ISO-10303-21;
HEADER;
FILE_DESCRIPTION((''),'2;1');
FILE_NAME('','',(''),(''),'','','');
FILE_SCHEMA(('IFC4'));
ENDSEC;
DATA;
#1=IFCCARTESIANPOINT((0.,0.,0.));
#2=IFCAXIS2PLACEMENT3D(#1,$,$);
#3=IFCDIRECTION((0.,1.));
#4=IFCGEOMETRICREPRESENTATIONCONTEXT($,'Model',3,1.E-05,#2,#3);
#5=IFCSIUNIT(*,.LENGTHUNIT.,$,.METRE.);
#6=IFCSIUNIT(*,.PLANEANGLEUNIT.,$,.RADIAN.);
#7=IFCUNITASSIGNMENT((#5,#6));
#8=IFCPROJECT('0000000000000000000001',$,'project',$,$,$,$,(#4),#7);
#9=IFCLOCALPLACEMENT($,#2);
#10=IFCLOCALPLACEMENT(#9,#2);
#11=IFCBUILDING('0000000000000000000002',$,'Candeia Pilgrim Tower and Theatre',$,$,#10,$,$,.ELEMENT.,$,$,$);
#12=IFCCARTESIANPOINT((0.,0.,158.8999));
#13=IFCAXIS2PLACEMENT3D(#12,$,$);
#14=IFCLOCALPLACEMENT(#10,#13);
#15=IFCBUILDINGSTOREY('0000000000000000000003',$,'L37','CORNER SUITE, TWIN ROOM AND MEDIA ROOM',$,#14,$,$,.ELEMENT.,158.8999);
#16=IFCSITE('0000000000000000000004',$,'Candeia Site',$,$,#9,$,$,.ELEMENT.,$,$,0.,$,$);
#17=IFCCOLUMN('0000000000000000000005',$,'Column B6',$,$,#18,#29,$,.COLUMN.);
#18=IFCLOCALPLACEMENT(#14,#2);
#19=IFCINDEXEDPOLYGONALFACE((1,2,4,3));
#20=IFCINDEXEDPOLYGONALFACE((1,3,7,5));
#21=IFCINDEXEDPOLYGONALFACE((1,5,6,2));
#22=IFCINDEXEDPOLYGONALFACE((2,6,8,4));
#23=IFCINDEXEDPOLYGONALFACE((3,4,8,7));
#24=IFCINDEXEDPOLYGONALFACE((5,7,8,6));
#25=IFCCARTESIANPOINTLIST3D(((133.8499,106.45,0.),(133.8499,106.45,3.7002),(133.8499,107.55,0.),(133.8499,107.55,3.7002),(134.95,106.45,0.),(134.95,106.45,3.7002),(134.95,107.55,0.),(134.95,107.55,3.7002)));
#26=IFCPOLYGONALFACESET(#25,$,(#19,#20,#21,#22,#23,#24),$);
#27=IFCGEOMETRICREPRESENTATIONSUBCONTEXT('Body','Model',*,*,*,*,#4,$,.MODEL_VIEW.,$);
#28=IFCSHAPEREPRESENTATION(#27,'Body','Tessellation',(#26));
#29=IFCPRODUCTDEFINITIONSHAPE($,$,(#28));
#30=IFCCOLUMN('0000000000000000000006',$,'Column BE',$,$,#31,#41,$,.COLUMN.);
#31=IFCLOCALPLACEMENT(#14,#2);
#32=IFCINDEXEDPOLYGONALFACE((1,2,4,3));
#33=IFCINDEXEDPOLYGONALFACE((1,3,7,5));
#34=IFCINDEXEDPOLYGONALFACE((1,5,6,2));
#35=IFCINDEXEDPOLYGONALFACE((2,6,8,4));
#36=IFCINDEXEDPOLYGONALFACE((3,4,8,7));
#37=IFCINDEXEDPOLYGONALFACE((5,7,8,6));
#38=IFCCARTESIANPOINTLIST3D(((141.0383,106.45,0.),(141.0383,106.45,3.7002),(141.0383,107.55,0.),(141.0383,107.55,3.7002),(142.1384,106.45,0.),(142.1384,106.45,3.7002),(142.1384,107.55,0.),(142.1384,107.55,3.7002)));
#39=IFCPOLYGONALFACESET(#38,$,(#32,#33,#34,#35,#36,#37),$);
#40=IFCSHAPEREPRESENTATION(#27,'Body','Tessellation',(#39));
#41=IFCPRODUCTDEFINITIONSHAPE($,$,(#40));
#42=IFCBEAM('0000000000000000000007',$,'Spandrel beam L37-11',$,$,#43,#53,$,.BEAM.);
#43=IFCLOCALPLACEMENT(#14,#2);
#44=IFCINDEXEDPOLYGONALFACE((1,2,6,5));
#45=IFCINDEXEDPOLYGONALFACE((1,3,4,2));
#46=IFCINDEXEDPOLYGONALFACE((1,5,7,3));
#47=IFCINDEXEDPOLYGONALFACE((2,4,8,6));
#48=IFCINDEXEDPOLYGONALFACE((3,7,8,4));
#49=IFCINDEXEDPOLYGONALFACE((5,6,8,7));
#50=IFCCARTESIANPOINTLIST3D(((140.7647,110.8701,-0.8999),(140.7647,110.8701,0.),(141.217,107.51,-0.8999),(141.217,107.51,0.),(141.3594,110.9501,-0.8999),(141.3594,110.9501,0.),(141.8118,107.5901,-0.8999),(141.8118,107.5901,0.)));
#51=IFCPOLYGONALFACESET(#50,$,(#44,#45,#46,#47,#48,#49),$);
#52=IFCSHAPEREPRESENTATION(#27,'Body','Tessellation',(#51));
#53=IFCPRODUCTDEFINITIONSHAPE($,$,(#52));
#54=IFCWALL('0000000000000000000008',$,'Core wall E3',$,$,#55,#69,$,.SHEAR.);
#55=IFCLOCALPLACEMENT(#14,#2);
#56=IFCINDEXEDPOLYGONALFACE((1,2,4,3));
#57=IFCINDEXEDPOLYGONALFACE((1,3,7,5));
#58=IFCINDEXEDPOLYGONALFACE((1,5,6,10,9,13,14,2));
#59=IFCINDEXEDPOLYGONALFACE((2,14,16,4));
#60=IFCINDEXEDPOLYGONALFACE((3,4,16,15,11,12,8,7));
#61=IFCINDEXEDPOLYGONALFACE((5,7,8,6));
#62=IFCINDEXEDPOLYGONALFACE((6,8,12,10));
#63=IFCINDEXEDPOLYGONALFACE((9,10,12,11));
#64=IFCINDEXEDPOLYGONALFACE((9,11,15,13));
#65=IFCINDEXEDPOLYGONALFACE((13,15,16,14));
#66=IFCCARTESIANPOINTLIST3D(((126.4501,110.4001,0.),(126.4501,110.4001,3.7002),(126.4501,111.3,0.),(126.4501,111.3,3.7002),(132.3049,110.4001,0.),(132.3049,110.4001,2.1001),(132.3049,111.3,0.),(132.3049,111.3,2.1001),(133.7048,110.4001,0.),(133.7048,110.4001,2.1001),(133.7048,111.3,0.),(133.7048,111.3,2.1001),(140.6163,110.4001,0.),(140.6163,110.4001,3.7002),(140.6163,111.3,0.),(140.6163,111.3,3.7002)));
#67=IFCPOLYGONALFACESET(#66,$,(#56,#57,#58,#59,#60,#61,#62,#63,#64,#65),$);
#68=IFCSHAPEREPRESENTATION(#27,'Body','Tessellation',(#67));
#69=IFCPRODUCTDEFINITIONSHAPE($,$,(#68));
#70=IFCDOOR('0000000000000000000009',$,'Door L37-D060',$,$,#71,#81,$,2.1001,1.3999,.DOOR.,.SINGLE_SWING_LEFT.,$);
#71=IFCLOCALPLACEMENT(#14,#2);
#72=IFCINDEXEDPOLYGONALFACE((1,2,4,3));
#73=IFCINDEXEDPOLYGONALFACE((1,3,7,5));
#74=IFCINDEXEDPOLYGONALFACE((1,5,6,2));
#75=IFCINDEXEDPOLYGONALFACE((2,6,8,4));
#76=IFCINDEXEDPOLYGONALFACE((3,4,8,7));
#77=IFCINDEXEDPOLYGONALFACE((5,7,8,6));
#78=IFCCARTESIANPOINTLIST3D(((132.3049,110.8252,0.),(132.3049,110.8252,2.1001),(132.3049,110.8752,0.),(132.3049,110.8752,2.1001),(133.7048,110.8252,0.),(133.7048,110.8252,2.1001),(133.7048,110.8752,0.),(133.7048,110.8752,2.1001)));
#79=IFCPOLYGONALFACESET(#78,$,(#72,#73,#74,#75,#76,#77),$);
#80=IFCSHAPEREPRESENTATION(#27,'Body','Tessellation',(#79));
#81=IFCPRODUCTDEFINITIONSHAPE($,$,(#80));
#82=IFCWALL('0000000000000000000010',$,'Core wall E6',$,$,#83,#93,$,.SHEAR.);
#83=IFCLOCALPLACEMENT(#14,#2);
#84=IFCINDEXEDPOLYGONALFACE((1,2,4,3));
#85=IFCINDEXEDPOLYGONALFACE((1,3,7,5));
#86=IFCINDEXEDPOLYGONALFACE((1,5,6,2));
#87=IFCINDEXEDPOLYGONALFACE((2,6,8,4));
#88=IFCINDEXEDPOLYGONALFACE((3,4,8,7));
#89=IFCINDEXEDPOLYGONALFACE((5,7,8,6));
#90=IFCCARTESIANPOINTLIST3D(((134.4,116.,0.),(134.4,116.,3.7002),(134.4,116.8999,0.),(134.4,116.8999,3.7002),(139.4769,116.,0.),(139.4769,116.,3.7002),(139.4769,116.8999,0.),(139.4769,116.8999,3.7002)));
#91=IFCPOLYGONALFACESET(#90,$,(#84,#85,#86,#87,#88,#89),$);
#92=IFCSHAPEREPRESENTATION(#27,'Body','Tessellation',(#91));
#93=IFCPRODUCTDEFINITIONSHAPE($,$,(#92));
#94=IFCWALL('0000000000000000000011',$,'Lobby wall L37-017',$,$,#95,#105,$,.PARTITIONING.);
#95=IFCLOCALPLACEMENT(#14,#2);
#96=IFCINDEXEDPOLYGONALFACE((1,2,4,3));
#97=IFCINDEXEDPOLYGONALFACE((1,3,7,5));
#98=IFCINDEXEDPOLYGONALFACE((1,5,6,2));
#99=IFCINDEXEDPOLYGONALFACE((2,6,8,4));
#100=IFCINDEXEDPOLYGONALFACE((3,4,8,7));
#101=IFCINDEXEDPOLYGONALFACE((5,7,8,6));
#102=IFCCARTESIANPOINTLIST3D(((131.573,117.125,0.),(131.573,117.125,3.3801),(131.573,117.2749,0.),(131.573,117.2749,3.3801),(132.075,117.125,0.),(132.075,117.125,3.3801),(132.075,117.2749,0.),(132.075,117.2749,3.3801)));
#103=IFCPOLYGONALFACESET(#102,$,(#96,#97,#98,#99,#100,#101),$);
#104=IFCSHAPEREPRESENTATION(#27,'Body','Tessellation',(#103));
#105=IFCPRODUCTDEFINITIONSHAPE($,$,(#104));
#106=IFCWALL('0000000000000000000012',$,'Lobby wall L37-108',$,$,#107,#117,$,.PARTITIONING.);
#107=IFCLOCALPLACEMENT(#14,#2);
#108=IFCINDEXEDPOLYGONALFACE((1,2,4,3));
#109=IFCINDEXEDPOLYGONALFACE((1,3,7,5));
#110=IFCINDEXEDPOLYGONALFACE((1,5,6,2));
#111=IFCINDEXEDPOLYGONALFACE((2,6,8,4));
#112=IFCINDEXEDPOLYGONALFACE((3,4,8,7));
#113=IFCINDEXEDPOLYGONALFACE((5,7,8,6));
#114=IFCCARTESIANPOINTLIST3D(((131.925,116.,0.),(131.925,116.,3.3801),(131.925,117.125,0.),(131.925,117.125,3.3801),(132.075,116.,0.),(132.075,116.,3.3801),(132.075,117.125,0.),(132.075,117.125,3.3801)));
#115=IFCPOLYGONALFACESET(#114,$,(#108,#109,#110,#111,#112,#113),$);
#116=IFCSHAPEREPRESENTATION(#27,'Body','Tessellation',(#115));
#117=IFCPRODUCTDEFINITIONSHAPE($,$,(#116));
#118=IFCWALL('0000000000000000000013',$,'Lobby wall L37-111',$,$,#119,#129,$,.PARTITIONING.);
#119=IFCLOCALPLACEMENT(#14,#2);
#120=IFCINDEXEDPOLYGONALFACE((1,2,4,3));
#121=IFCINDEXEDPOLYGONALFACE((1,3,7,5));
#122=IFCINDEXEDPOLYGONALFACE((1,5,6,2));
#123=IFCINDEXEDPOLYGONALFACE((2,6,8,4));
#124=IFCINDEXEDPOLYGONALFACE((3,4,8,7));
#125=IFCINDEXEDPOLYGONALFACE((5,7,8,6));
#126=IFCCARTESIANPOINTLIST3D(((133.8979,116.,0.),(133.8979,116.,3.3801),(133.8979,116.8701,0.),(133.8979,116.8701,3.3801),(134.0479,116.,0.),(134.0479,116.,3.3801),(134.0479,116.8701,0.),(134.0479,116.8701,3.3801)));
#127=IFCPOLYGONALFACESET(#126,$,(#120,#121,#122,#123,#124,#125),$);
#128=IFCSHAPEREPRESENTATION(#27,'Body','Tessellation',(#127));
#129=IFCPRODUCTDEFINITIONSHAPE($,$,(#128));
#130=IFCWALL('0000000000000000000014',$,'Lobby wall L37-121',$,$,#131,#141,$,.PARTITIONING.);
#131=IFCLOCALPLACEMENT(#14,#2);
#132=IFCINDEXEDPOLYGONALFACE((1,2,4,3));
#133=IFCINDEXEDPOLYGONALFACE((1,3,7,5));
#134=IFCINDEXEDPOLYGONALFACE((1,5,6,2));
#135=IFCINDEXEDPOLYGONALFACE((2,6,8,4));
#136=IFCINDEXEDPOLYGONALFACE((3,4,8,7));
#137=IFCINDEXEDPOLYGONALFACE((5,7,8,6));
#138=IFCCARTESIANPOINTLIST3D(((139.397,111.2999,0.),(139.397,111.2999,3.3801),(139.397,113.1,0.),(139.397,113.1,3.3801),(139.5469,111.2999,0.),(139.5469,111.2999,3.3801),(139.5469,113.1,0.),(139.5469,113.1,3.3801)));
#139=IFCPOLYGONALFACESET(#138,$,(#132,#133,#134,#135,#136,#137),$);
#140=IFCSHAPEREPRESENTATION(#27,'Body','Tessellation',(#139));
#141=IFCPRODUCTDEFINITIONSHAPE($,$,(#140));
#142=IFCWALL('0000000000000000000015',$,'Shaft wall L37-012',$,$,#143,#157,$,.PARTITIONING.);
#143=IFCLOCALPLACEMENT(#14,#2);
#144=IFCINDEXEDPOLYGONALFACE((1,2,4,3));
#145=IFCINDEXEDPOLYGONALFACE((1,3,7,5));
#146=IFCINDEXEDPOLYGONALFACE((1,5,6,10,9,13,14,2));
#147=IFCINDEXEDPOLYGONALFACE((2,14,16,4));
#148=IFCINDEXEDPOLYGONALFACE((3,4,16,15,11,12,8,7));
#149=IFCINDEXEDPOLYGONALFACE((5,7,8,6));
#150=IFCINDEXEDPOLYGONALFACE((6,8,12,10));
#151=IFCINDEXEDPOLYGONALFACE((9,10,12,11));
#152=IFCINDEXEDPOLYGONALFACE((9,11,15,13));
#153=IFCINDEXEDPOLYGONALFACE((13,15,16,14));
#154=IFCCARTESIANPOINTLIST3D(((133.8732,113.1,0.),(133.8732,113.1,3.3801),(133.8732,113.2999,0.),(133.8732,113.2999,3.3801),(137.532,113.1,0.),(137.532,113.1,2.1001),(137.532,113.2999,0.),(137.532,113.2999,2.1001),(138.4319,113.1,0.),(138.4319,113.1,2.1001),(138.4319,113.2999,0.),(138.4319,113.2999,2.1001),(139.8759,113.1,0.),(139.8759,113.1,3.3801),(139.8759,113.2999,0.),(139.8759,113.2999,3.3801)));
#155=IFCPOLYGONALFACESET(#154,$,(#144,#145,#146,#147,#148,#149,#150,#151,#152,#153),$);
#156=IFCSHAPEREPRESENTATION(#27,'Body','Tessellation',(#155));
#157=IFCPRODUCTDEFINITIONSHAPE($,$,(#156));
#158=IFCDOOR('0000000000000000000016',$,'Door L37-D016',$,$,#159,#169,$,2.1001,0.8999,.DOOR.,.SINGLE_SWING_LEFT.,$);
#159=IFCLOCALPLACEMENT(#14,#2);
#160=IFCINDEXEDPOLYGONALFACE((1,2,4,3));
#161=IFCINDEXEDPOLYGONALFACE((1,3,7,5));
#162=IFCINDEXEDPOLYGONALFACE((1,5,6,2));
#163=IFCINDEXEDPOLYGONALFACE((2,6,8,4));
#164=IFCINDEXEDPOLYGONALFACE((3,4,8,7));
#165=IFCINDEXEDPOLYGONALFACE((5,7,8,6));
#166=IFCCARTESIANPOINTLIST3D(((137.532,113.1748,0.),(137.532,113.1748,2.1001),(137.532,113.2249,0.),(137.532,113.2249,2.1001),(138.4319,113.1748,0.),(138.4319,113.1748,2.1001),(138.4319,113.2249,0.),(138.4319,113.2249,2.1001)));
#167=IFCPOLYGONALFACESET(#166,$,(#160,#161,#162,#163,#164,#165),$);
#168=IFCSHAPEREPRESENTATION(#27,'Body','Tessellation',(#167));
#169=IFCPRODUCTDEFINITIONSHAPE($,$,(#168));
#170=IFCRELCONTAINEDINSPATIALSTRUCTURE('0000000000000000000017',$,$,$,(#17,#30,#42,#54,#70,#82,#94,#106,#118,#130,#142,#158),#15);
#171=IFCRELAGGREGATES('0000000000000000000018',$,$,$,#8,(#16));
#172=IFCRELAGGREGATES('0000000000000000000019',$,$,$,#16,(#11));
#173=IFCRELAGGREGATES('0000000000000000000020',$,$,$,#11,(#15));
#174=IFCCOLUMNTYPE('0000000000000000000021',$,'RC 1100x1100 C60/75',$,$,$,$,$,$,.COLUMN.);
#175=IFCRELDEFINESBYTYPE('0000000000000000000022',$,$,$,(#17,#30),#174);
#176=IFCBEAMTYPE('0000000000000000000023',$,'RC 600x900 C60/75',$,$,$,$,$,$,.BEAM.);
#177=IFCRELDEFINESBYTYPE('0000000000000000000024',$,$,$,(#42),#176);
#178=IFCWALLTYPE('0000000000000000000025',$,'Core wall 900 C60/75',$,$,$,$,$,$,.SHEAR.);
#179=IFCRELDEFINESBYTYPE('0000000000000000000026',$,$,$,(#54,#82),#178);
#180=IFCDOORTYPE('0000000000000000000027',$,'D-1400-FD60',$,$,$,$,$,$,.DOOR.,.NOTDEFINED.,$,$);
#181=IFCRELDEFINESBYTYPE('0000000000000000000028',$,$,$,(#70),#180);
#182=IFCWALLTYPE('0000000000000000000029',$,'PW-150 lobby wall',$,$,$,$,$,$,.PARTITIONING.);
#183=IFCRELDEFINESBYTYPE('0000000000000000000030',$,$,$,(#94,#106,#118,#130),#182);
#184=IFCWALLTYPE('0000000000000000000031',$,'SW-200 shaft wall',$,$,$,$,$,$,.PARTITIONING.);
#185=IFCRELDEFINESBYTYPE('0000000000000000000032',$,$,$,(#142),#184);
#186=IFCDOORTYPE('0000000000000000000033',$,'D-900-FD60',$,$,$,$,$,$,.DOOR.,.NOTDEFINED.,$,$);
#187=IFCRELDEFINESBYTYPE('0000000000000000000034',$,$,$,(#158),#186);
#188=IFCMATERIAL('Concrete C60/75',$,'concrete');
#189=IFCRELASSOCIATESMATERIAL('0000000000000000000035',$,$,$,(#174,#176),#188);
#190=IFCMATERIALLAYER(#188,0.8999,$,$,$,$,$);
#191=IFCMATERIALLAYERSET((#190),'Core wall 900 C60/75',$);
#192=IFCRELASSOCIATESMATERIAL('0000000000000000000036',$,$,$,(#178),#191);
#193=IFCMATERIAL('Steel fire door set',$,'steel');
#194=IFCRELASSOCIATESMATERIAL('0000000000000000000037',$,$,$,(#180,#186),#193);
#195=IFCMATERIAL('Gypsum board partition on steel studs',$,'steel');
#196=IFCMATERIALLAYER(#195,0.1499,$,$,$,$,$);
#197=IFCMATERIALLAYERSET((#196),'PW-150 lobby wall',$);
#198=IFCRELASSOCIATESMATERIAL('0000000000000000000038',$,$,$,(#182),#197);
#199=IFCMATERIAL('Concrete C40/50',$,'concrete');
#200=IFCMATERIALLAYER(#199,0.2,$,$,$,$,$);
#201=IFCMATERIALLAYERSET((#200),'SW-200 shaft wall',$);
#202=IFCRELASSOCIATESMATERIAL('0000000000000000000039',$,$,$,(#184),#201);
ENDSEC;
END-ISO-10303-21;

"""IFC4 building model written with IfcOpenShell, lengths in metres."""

from ifc_helpers import new_model, si_unit, direction, frame, frame_2d, origin, origin_2d, place, context, subcontext, project, spatial, rectangle, extrude, material, layer, layer_set, material_profile, profile_set, type_object, element, fill, save


model = new_model("IFC4")

# Units and contexts
model_context = context("Model", 3, precision=1e-05, world=origin(), true_north=direction((0.0, 1.0)))
body_context = subcontext(model_context, "Body", "Model", "MODEL_VIEW")
ifc_project = project(units=[si_unit("LENGTHUNIT", "METRE"), si_unit("PLANEANGLEUNIT", "RADIAN")], contexts=[model_context])

# Site, building, storey
site_placement = place(None, origin())
site = spatial("IfcSite", under=ifc_project, at=site_placement, Name="Candeia Site", CompositionType="ELEMENT", RefElevation=0.0)
building_placement = place(site_placement, origin())
building = spatial("IfcBuilding", under=site, at=building_placement, Name="Candeia Pilgrim Tower and Theatre", CompositionType="ELEMENT")
storey_placement = place(building_placement, frame((0.0, 0.0, 158.8999)))
storey = spatial("IfcBuildingStorey", under=building, at=storey_placement, Name="L37", Description="CORNER SUITE, TWIN ROOM AND MEDIA ROOM", CompositionType="ELEMENT", Elevation=158.8999)

# Columns
ifc_material_1 = material(Name="Concrete C60/75", Category="concrete")
ifc_material_profile_1 = material_profile(ifc_material_1, rectangle(XDim=1.1001, YDim=1.1001, at=origin_2d()))
ifc_profile_set_1 = profile_set([ifc_material_profile_1], Name="Concrete C60/75")
column_type = type_object("IfcColumnType", Name="RC 1100x1100 C60/75", PredefinedType="COLUMN", material=ifc_profile_set_1)
for number, where, z_axis, x_axis, name in (
    (1, (134.3999, 107.0, 0.0), (0.0, 0.0, 1.0), (1.0, 0.0, 0.0), "Column B6"),
    (2, (141.5884, 107.0, 0.0), (0.0, 0.0, 1.0), (1.0, 0.0, 0.0), "Column BE"),
):
    element("IfcColumn", number, at=place(storey_placement, frame(where, z_axis=z_axis, x_axis=x_axis)), inside=storey, type_object=column_type, Name=name, PredefinedType="COLUMN", context=body_context, shape_type="SweptSolid", body=[
        extrude(rectangle(XDim=1.1001, YDim=1.1001, at=origin_2d()), origin(), (0.0, 0.0, 1.0), 3.7002),
    ])

# Beam
ifc_material_profile_2 = material_profile(ifc_material_1, rectangle(XDim=0.6001, YDim=0.8999, at=origin_2d()))
ifc_profile_set_2 = profile_set([ifc_material_profile_2], Name="Concrete C60/75")
beam_type = type_object("IfcBeamType", Name="RC 600x900 C60/75", PredefinedType="BEAM", material=ifc_profile_set_2)
beam_placement = place(storey_placement, frame((141.5144, 107.55, -0.45), z_axis=(-0.133432, 0.991058, 0.0), x_axis=(-0.991058, -0.133432, 0.0)))
element("IfcBeam", 3, at=beam_placement, inside=storey, type_object=beam_type, Name="Spandrel beam L37-11", PredefinedType="BEAM", context=body_context, shape_type="SweptSolid", body=[
    extrude(rectangle(XDim=0.6001, YDim=0.8999, at=origin_2d()), origin(), (0.0, 0.0, 1.0), 3.3904),
])

# Wall, opening, door
ifc_layer_1 = layer(ifc_material_1, 0.8999)
ifc_layer_set_1 = layer_set([ifc_layer_1], Name="Core wall 900 C60/75")
wall_type_1 = type_object("IfcWallType", Name="Core wall 900 C60/75", PredefinedType="SHEAR", material=ifc_layer_set_1)
wall_1_placement = place(storey_placement, frame((140.6162, 110.8501, 0.0), z_axis=(0.0, 0.0, 1.0), x_axis=(-1.0, 0.0, 0.0)))
wall_1 = element("IfcWall", 4, at=wall_1_placement, inside=storey, type_object=wall_type_1, Name="Core wall E3", PredefinedType="SHEAR", context=body_context, shape_type="SweptSolid", body=[
    extrude(rectangle(XDim=14.1663, YDim=0.8999, at=frame_2d((7.083, 0.0))), origin(), (0.0, 0.0, 1.0), 3.7002),
])
opening_1_placement = place(wall_1_placement, frame((6.9114, 0.0, 0.0)))
opening_1 = element("IfcOpeningElement", 5, at=opening_1_placement, cuts=wall_1, PredefinedType="OPENING", context=body_context, shape_type="SweptSolid", body=[
    extrude(rectangle(XDim=1.3999, YDim=2.1001, at=frame_2d((0.7, 1.05))), frame((0.0, 0.46, 0.0), z_axis=(0.0, -1.0, 0.0), x_axis=(1.0, 0.0, 0.0)), (0.0, 0.0, 1.0), 0.9199),
])
ifc_material_2 = material(Name="Steel fire door set", Category="steel")
door_type_1 = type_object("IfcDoorType", Name="D-1400-FD60", OperationType="NOTDEFINED", PredefinedType="DOOR", material=ifc_material_2)
door_1_placement = place(opening_1_placement, origin())
door_1 = element("IfcDoor", 6, at=door_1_placement, inside=storey, type_object=door_type_1, Name="Door L37-D060", OperationType="SINGLE_SWING_LEFT", OverallHeight=2.1001, OverallWidth=1.3999, PredefinedType="DOOR", context=body_context, shape_type="SweptSolid", body=[
    extrude(rectangle(XDim=1.3999, YDim=2.1001, at=frame_2d((0.7, 1.05))), frame((0.0, 0.0249, 0.0), z_axis=(0.0, -1.0, 0.0), x_axis=(1.0, 0.0, 0.0)), (0.0, 0.0, 1.0), 0.05),
])
fill(opening_1, door_1)

# Walls
wall_2_placement = place(storey_placement, frame((134.3999, 116.45, 0.0), z_axis=(0.0, 0.0, 1.0), x_axis=(1.0, 0.0, 0.0)))
element("IfcWall", 7, at=wall_2_placement, inside=storey, type_object=wall_type_1, Name="Core wall E6", PredefinedType="SHEAR", context=body_context, shape_type="SweptSolid", body=[
    extrude(rectangle(XDim=5.0769, YDim=0.8999, at=frame_2d((2.5386, 0.0))), origin(), (0.0, 0.0, 1.0), 3.7002),
])
ifc_material_3 = material(Name="Gypsum board partition on steel studs", Category="steel")
ifc_layer_2 = layer(ifc_material_3, 0.1499)
ifc_layer_set_2 = layer_set([ifc_layer_2], Name="PW-150 lobby wall")
wall_type_2 = type_object("IfcWallType", Name="PW-150 lobby wall", PredefinedType="PARTITIONING", material=ifc_layer_set_2)
wall_3_placement = place(storey_placement, frame((131.573, 117.2, 0.0), z_axis=(0.0, 0.0, 1.0), x_axis=(1.0, 0.0, 0.0)))
element("IfcWall", 8, at=wall_3_placement, inside=storey, type_object=wall_type_2, Name="Lobby wall L37-017", PredefinedType="PARTITIONING", context=body_context, shape_type="SweptSolid", body=[
    extrude(rectangle(XDim=0.502, YDim=0.1499, at=frame_2d((0.251, 0.0))), origin(), (0.0, 0.0, 1.0), 3.3801),
])
wall_4_placement = place(storey_placement, frame((132.0, 116.0, 0.0), z_axis=(0.0, 0.0, 1.0), x_axis=(0.0, 1.0, 0.0)))
element("IfcWall", 9, at=wall_4_placement, inside=storey, type_object=wall_type_2, Name="Lobby wall L37-108", PredefinedType="PARTITIONING", context=body_context, shape_type="SweptSolid", body=[
    extrude(rectangle(XDim=1.125, YDim=0.1499, at=frame_2d((0.5625, 0.0))), origin(), (0.0, 0.0, 1.0), 3.3801),
])
wall_5_placement = place(storey_placement, frame((133.9729, 116.0, 0.0), z_axis=(0.0, 0.0, 1.0), x_axis=(0.0, 1.0, 0.0)))
element("IfcWall", 10, at=wall_5_placement, inside=storey, type_object=wall_type_2, Name="Lobby wall L37-111", PredefinedType="PARTITIONING", context=body_context, shape_type="SweptSolid", body=[
    extrude(rectangle(XDim=0.8701, YDim=0.1499, at=frame_2d((0.4351, 0.0))), origin(), (0.0, 0.0, 1.0), 3.3801),
])
wall_6_placement = place(storey_placement, frame((139.4719, 111.3, 0.0), z_axis=(0.0, 0.0, 1.0), x_axis=(0.0, 1.0, 0.0)))
element("IfcWall", 11, at=wall_6_placement, inside=storey, type_object=wall_type_2, Name="Lobby wall L37-121", PredefinedType="PARTITIONING", context=body_context, shape_type="SweptSolid", body=[
    extrude(rectangle(XDim=1.8, YDim=0.1499, at=frame_2d((0.8999, 0.0))), origin(), (0.0, 0.0, 1.0), 3.3801),
])

# Wall, opening, door
ifc_material_4 = material(Name="Concrete C40/50", Category="concrete")
ifc_layer_3 = layer(ifc_material_4, 0.2)
ifc_layer_set_3 = layer_set([ifc_layer_3], Name="SW-200 shaft wall")
wall_type_3 = type_object("IfcWallType", Name="SW-200 shaft wall", PredefinedType="PARTITIONING", material=ifc_layer_set_3)
wall_7_placement = place(storey_placement, frame((133.873, 113.2, 0.0), z_axis=(0.0, 0.0, 1.0), x_axis=(1.0, 0.0, 0.0)))
wall_7 = element("IfcWall", 12, at=wall_7_placement, inside=storey, type_object=wall_type_3, Name="Shaft wall L37-012", PredefinedType="PARTITIONING", context=body_context, shape_type="SweptSolid", body=[
    extrude(rectangle(XDim=6.0027, YDim=0.2, at=frame_2d((3.0015, 0.0))), origin(), (0.0, 0.0, 1.0), 3.3801),
])
opening_2_placement = place(wall_7_placement, frame((3.6589, 0.0, 0.0)))
opening_2 = element("IfcOpeningElement", 13, at=opening_2_placement, cuts=wall_7, PredefinedType="OPENING", context=body_context, shape_type="SweptSolid", body=[
    extrude(rectangle(XDim=0.8999, YDim=2.1001, at=frame_2d((0.45, 1.05))), frame((0.0, 0.1099, 0.0), z_axis=(0.0, -1.0, 0.0), x_axis=(1.0, 0.0, 0.0)), (0.0, 0.0, 1.0), 0.22),
])
door_type_2 = type_object("IfcDoorType", Name="D-900-FD60", OperationType="NOTDEFINED", PredefinedType="DOOR", material=ifc_material_2)
door_2_placement = place(opening_2_placement, origin())
door_2 = element("IfcDoor", 14, at=door_2_placement, inside=storey, type_object=door_type_2, Name="Door L37-D016", OperationType="SINGLE_SWING_LEFT", OverallHeight=2.1001, OverallWidth=0.8999, PredefinedType="DOOR", context=body_context, shape_type="SweptSolid", body=[
    extrude(rectangle(XDim=0.8999, YDim=2.1001, at=frame_2d((0.45, 1.05))), frame((0.0, 0.0249, 0.0), z_axis=(0.0, -1.0, 0.0), x_axis=(1.0, 0.0, 0.0)), (0.0, 0.0, 1.0), 0.05),
])
fill(opening_2, door_2)

save(model, "model.ifc")
